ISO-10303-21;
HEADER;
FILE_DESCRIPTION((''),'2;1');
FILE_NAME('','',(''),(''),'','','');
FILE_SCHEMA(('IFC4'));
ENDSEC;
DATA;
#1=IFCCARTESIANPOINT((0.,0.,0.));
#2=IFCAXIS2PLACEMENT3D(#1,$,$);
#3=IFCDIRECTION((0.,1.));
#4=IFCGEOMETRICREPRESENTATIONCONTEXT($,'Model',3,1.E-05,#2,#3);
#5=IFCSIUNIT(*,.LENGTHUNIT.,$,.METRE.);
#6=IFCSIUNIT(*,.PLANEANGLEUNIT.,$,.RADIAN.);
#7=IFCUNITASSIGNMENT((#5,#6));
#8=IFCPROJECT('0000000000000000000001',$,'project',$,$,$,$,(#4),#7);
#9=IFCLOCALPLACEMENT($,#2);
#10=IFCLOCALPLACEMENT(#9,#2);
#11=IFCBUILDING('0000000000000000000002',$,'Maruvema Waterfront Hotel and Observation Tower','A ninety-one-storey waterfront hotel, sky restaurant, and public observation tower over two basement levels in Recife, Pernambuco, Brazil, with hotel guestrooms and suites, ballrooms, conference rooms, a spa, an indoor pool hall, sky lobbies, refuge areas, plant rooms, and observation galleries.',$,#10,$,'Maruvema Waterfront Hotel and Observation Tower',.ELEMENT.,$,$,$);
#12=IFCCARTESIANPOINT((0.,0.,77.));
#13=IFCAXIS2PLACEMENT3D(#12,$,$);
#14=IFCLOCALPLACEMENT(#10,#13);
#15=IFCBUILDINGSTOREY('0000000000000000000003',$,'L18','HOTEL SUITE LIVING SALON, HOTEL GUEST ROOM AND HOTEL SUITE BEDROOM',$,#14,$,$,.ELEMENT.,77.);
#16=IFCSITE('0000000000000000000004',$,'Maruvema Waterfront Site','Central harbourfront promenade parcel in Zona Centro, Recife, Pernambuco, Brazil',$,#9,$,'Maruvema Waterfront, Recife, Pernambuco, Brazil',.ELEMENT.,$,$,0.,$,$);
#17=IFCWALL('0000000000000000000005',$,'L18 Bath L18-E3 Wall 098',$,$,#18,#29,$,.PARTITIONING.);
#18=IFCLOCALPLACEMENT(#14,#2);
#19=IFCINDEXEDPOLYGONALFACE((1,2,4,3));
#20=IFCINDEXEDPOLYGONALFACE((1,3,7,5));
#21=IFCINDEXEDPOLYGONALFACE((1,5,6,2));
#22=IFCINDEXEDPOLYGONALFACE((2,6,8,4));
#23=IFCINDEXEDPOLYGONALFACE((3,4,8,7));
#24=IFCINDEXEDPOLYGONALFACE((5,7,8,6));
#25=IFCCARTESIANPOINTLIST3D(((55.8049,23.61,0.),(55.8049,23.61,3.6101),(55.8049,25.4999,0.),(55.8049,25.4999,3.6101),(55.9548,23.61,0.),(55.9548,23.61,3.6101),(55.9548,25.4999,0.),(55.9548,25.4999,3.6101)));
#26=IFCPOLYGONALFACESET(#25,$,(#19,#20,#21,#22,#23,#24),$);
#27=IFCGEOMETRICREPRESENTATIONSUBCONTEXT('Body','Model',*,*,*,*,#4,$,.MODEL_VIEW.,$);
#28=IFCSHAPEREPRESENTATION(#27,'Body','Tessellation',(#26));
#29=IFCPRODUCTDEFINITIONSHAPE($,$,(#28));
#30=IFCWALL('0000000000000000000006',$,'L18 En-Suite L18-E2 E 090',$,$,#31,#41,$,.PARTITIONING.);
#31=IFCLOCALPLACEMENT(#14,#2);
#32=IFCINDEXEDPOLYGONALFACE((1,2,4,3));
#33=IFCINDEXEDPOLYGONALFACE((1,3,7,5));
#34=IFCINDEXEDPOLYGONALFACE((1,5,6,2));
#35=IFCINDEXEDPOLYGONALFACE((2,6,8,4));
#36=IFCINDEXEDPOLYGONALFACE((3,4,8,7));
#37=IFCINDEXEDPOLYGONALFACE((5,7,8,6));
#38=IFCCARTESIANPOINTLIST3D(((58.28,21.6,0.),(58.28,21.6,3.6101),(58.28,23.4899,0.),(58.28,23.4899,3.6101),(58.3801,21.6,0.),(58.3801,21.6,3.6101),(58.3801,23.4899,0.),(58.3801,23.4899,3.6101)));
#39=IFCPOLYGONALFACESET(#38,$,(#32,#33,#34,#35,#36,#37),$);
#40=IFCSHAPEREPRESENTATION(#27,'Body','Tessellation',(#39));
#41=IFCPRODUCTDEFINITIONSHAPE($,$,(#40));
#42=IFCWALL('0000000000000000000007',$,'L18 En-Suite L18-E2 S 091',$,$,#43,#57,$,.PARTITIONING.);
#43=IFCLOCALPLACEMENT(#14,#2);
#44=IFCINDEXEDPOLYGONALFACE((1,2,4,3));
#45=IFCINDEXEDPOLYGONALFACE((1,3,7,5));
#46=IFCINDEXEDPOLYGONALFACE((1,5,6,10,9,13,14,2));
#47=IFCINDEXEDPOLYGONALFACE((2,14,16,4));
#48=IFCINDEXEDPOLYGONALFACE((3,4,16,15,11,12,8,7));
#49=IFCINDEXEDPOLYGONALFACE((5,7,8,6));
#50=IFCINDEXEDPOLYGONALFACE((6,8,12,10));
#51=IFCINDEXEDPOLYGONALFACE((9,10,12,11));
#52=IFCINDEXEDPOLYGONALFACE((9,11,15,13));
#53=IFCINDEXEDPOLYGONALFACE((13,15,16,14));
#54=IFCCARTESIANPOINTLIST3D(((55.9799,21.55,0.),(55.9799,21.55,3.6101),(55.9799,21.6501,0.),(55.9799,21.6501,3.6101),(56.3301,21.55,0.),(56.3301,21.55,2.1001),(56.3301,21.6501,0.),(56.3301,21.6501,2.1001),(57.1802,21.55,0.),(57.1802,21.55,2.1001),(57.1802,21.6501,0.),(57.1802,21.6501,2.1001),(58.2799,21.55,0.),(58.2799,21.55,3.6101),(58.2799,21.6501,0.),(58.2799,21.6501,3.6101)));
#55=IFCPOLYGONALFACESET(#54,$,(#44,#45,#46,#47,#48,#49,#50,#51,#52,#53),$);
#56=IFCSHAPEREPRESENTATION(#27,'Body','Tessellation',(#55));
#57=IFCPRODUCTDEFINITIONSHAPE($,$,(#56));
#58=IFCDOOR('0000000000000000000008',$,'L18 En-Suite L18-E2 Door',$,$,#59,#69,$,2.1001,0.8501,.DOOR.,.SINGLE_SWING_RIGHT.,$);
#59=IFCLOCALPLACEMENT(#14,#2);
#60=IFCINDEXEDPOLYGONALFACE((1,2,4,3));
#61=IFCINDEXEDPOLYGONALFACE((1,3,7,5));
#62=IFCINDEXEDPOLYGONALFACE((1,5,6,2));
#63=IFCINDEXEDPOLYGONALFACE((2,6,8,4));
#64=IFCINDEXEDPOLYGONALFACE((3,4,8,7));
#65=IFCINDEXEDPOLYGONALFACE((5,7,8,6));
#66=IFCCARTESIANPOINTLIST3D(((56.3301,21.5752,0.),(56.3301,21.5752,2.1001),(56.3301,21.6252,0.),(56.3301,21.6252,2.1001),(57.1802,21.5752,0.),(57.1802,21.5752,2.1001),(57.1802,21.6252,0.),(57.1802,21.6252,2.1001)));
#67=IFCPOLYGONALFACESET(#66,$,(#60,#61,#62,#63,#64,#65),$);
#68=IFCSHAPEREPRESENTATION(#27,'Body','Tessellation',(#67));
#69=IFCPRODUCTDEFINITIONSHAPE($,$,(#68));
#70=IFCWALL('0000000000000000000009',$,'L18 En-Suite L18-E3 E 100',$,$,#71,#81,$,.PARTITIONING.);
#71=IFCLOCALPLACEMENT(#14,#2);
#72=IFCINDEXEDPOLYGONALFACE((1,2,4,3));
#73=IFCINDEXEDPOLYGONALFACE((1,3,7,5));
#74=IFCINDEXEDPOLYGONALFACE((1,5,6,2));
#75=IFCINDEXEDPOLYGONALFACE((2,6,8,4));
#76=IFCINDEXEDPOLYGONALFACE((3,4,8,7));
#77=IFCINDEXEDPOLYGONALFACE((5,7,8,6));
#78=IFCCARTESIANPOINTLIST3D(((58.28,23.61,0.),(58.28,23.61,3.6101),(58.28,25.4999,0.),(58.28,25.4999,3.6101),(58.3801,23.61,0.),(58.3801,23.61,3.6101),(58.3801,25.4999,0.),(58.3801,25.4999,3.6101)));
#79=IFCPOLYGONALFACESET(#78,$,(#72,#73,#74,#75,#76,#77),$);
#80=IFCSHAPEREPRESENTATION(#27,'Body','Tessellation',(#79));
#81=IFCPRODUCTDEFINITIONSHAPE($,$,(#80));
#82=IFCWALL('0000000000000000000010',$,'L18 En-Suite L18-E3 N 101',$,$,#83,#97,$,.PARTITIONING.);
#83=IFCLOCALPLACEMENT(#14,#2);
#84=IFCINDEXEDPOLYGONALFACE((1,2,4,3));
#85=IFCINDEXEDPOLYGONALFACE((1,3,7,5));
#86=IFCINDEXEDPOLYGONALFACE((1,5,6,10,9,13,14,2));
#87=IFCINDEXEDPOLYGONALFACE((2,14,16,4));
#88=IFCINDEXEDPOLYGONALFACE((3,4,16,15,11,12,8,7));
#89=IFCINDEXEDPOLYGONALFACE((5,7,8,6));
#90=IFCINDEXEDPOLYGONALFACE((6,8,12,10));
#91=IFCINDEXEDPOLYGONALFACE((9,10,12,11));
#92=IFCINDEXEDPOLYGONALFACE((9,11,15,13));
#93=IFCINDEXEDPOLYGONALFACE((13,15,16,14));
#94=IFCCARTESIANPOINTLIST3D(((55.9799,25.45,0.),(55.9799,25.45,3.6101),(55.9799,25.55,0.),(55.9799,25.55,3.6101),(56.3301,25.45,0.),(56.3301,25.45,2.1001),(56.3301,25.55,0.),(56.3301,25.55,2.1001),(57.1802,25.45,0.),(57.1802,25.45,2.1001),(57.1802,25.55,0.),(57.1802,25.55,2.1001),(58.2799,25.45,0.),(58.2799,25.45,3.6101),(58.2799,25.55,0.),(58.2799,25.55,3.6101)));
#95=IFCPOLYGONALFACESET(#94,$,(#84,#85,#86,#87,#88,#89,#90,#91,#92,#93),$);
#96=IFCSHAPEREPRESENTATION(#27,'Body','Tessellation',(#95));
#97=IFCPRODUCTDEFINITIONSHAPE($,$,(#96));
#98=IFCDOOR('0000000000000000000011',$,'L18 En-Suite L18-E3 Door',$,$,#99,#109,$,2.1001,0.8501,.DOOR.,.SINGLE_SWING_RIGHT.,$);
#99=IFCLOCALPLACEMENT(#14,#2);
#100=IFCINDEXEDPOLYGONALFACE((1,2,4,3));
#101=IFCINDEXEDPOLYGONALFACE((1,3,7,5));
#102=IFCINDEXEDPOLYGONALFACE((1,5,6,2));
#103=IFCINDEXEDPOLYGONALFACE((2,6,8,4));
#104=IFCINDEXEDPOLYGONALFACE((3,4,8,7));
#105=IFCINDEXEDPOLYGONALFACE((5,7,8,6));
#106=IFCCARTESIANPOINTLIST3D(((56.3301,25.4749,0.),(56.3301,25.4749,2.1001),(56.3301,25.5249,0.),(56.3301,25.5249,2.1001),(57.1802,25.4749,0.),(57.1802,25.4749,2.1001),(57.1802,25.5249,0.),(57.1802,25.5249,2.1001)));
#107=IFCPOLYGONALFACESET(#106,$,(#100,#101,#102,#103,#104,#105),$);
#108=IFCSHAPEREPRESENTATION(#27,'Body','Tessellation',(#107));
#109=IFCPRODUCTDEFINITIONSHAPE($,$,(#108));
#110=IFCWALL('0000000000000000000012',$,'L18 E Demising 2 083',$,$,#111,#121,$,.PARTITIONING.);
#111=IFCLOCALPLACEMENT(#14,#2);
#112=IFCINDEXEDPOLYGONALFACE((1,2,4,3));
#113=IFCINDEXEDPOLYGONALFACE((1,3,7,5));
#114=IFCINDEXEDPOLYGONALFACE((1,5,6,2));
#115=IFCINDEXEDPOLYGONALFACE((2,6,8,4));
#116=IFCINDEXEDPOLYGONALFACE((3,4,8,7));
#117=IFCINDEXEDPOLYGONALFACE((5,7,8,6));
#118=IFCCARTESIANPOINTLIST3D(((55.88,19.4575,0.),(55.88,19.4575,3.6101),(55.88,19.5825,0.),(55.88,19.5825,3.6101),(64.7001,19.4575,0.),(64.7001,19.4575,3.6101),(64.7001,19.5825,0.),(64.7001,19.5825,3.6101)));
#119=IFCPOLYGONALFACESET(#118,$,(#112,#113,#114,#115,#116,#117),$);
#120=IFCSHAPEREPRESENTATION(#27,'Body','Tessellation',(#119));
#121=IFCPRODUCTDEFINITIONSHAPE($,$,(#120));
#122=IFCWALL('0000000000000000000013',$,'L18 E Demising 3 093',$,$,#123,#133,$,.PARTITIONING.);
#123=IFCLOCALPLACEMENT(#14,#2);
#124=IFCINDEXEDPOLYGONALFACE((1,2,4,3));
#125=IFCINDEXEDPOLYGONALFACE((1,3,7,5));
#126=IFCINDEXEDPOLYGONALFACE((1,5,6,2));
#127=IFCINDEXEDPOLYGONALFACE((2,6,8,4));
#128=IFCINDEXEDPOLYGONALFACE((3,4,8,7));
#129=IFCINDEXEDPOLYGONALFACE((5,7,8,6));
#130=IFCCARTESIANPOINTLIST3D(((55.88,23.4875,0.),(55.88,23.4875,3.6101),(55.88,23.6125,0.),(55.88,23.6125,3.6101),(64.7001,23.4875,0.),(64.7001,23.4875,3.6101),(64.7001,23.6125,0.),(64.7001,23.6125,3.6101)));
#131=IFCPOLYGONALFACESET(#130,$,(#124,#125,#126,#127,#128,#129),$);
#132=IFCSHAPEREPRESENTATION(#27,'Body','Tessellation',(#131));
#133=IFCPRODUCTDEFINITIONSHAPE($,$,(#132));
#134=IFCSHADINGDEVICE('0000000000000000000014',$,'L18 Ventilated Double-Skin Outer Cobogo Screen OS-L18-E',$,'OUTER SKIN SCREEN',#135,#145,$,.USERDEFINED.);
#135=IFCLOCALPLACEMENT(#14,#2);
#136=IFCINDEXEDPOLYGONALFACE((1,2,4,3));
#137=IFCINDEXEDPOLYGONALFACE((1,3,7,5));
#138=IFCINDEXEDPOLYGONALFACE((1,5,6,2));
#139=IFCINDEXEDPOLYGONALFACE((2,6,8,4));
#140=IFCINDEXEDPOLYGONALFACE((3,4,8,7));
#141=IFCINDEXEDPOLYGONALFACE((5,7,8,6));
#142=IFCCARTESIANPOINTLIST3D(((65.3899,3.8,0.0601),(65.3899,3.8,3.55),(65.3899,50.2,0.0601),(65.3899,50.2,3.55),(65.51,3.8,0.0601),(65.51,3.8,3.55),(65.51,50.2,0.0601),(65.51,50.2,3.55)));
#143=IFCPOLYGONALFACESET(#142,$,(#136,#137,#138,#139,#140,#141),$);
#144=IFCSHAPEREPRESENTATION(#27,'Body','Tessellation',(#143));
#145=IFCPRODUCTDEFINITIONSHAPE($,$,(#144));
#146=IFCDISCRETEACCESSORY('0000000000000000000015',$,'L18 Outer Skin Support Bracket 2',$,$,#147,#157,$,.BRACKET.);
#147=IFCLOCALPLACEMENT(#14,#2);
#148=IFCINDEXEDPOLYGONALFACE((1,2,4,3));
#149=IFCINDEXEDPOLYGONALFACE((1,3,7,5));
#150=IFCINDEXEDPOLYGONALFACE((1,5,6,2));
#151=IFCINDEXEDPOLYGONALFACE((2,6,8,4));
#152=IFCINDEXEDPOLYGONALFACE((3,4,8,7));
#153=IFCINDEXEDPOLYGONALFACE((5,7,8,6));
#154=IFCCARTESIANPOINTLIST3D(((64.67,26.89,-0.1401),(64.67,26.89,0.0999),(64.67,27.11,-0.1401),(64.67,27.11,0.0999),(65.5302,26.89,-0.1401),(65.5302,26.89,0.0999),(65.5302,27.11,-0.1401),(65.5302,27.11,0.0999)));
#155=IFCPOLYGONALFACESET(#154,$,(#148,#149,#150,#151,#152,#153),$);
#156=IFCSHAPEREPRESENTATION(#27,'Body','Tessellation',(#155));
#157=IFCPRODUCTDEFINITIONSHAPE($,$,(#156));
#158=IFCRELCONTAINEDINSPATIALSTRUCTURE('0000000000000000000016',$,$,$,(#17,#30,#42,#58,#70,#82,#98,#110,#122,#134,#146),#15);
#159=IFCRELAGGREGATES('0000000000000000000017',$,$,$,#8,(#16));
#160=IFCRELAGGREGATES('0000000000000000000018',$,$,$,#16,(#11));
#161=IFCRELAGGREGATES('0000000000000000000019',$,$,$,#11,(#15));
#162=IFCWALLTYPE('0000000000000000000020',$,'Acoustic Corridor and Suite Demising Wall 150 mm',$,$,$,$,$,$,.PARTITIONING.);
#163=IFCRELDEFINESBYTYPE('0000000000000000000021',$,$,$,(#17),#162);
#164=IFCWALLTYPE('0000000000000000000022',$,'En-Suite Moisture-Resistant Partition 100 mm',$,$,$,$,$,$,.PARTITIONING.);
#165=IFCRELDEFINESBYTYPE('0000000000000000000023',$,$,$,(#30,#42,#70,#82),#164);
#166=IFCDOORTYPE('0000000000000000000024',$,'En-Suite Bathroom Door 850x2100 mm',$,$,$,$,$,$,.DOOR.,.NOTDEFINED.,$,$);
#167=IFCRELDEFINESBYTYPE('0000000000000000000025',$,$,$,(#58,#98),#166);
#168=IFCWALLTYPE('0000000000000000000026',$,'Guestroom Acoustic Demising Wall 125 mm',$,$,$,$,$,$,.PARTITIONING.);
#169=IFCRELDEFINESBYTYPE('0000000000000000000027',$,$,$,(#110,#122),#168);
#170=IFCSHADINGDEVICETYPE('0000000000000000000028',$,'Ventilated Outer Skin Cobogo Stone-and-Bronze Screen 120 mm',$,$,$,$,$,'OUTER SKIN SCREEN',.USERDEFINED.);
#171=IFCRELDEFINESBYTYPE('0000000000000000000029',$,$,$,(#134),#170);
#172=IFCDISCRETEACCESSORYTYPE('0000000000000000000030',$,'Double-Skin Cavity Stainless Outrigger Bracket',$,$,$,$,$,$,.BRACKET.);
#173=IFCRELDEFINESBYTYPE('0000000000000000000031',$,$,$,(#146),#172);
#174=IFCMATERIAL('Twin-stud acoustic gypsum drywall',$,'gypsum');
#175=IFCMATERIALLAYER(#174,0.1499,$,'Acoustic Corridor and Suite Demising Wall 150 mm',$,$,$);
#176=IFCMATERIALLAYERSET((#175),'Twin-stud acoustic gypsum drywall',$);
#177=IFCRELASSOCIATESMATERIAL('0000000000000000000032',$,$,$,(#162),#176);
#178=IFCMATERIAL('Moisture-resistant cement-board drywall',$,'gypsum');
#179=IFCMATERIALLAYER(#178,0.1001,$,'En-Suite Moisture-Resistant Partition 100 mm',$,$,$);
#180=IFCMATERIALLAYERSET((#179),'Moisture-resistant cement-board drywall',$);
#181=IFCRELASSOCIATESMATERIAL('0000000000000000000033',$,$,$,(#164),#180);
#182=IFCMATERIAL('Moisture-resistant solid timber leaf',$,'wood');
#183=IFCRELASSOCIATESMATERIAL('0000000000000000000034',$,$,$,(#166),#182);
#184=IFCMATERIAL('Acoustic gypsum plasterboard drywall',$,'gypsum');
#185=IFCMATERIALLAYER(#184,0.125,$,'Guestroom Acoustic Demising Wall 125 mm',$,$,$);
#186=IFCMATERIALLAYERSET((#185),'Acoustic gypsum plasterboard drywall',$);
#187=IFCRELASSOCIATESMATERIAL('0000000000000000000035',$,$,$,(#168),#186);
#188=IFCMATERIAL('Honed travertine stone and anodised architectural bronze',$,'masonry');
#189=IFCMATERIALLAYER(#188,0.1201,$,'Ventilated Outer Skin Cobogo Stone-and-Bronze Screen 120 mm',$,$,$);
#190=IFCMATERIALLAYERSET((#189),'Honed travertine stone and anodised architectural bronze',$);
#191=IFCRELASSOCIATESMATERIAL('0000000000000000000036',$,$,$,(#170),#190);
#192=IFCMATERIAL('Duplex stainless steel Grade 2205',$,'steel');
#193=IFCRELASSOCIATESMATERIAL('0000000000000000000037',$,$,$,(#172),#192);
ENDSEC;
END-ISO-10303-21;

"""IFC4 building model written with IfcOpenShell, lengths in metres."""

from ifc_helpers import new_model, si_unit, direction, frame, frame_2d, origin, origin_2d, place, context, subcontext, project, spatial, rectangle, extrude, material, layer, layer_set, type_object, element, fill, save


model = new_model("IFC4")

# Units and contexts
model_context = context("Model", 3, precision=1e-05, world=origin(), true_north=direction((0.0, 1.0)))
body_context = subcontext(model_context, "Body", "Model", "MODEL_VIEW")
ifc_project = project(units=[si_unit("LENGTHUNIT", "METRE"), si_unit("PLANEANGLEUNIT", "RADIAN")], contexts=[model_context])

# Site, building, storey
site_placement = place(None, origin())
site = spatial("IfcSite", under=ifc_project, at=site_placement, Name="Maruvema Waterfront Site", Description="Central harbourfront promenade parcel in Zona Centro, Recife, Pernambuco, Brazil", LongName="Maruvema Waterfront, Recife, Pernambuco, Brazil", CompositionType="ELEMENT", RefElevation=0.0)
building_placement = place(site_placement, origin())
building = spatial("IfcBuilding", under=site, at=building_placement, Name="Maruvema Waterfront Hotel and Observation Tower", Description="A ninety-one-storey waterfront hotel, sky restaurant, and public observation tower over two basement levels in Recife, Pernambuco, Brazil, with hotel guestrooms and suites, ballrooms, conference rooms, a spa, an indoor pool hall, sky lobbies, refuge areas, plant rooms, and observation galleries.", LongName="Maruvema Waterfront Hotel and Observation Tower", CompositionType="ELEMENT")
storey_placement = place(building_placement, frame((0.0, 0.0, 77.0)))
storey = spatial("IfcBuildingStorey", under=building, at=storey_placement, Name="L18", Description="HOTEL SUITE LIVING SALON, HOTEL GUEST ROOM AND HOTEL SUITE BEDROOM", CompositionType="ELEMENT", Elevation=77.0)

# Shared definitions
ifc_material_1 = material(Name="Twin-stud acoustic gypsum drywall", Category="gypsum")
ifc_layer_1 = layer(ifc_material_1, 0.1499, Name="Acoustic Corridor and Suite Demising Wall 150 mm")
ifc_layer_set_1 = layer_set([ifc_layer_1], Name="Twin-stud acoustic gypsum drywall")
wall_type_1 = type_object("IfcWallType", Name="Acoustic Corridor and Suite Demising Wall 150 mm", PredefinedType="PARTITIONING", material=ifc_layer_set_1)

# Wall
for number, where, z_axis, x_axis, name in (
    (1, (55.8799, 23.6101, 0.0), (0.0, 0.0, 1.0), (0.0, 1.0, 0.0), "L18 Bath L18-E3 Wall 098"),
):
    element("IfcWall", number, at=place(storey_placement, frame(where, z_axis=z_axis, x_axis=x_axis)), inside=storey, type_object=wall_type_1, Name=name, PredefinedType="PARTITIONING", context=body_context, shape_type="SweptSolid", body=[
        extrude(rectangle(XDim=1.8899, YDim=0.1499, at=frame_2d((0.9448, 0.0))), origin(), (0.0, 0.0, 1.0), 3.6101),
    ])

# Wall
ifc_material_2 = material(Name="Moisture-resistant cement-board drywall", Category="gypsum")
ifc_layer_2 = layer(ifc_material_2, 0.1001, Name="En-Suite Moisture-Resistant Partition 100 mm")
ifc_layer_set_2 = layer_set([ifc_layer_2], Name="Moisture-resistant cement-board drywall")
wall_type_2 = type_object("IfcWallType", Name="En-Suite Moisture-Resistant Partition 100 mm", PredefinedType="PARTITIONING", material=ifc_layer_set_2)
wall_1_placement = place(storey_placement, frame((58.3301, 21.6001, 0.0), z_axis=(0.0, 0.0, 1.0), x_axis=(0.0, 1.0, 0.0)))
element("IfcWall", 2, at=wall_1_placement, inside=storey, type_object=wall_type_2, Name="L18 En-Suite L18-E2 E 090", PredefinedType="PARTITIONING", context=body_context, shape_type="SweptSolid", body=[
    extrude(rectangle(XDim=1.8899, YDim=0.1001, at=frame_2d((0.9448, 0.0))), origin(), (0.0, 0.0, 1.0), 3.6101),
])

# Wall, opening, door
wall_2_placement = place(storey_placement, frame((55.98, 21.6001, 0.0), z_axis=(0.0, 0.0, 1.0), x_axis=(1.0, 0.0, 0.0)))
wall_2 = element("IfcWall", 3, at=wall_2_placement, inside=storey, type_object=wall_type_2, Name="L18 En-Suite L18-E2 S 091", PredefinedType="PARTITIONING", context=body_context, shape_type="SweptSolid", body=[
    extrude(rectangle(XDim=2.3, YDim=0.1001, at=frame_2d((1.1499, 0.0))), origin(), (0.0, 0.0, 1.0), 3.6101),
])
opening_1_placement = place(wall_2_placement, frame((0.3501, 0.0, 0.0)))
opening_1 = element("IfcOpeningElement", 4, at=opening_1_placement, cuts=wall_2, PredefinedType="OPENING", context=body_context, shape_type="SweptSolid", body=[
    extrude(rectangle(XDim=0.8501, YDim=2.1001, at=frame_2d((0.425, 1.05))), frame((0.0, 0.0601, 0.0), z_axis=(0.0, -1.0, 0.0), x_axis=(1.0, 0.0, 0.0)), (0.0, 0.0, 1.0), 0.1201),
])
ifc_material_3 = material(Name="Moisture-resistant solid timber leaf", Category="wood")
door_type_1 = type_object("IfcDoorType", Name="En-Suite Bathroom Door 850x2100 mm", OperationType="NOTDEFINED", PredefinedType="DOOR", material=ifc_material_3)
door_1_placement = place(opening_1_placement, frame((0.8501, 0.0, 0.0), z_axis=(0.0, 0.0, 1.0), x_axis=(-1.0, 0.0, 0.0)))
door_1 = element("IfcDoor", 5, at=door_1_placement, inside=storey, type_object=door_type_1, Name="L18 En-Suite L18-E2 Door", OperationType="SINGLE_SWING_RIGHT", OverallHeight=2.1001, OverallWidth=0.8501, PredefinedType="DOOR", context=body_context, shape_type="SweptSolid", body=[
    extrude(rectangle(XDim=0.8501, YDim=2.1001, at=frame_2d((0.425, 1.05))), frame((0.0, 0.0249, 0.0), z_axis=(0.0, -1.0, 0.0), x_axis=(1.0, 0.0, 0.0)), (0.0, 0.0, 1.0), 0.05),
])
fill(opening_1, door_1)

# Wall
wall_3_placement = place(storey_placement, frame((58.3301, 23.6101, 0.0), z_axis=(0.0, 0.0, 1.0), x_axis=(0.0, 1.0, 0.0)))
element("IfcWall", 6, at=wall_3_placement, inside=storey, type_object=wall_type_2, Name="L18 En-Suite L18-E3 E 100", PredefinedType="PARTITIONING", context=body_context, shape_type="SweptSolid", body=[
    extrude(rectangle(XDim=1.8899, YDim=0.1001, at=frame_2d((0.9448, 0.0))), origin(), (0.0, 0.0, 1.0), 3.6101),
])

# Wall, opening, door
wall_4_placement = place(storey_placement, frame((55.98, 25.5, 0.0), z_axis=(0.0, 0.0, 1.0), x_axis=(1.0, 0.0, 0.0)))
wall_4 = element("IfcWall", 7, at=wall_4_placement, inside=storey, type_object=wall_type_2, Name="L18 En-Suite L18-E3 N 101", PredefinedType="PARTITIONING", context=body_context, shape_type="SweptSolid", body=[
    extrude(rectangle(XDim=2.3, YDim=0.1001, at=frame_2d((1.1499, 0.0))), origin(), (0.0, 0.0, 1.0), 3.6101),
])
opening_2_placement = place(wall_4_placement, frame((0.3501, 0.0, 0.0)))
opening_2 = element("IfcOpeningElement", 8, at=opening_2_placement, cuts=wall_4, PredefinedType="OPENING", context=body_context, shape_type="SweptSolid", body=[
    extrude(rectangle(XDim=0.8501, YDim=2.1001, at=frame_2d((0.425, 1.05))), frame((0.0, 0.0601, 0.0), z_axis=(0.0, -1.0, 0.0), x_axis=(1.0, 0.0, 0.0)), (0.0, 0.0, 1.0), 0.1201),
])
door_2_placement = place(opening_2_placement, origin())
door_2 = element("IfcDoor", 9, at=door_2_placement, inside=storey, type_object=door_type_1, Name="L18 En-Suite L18-E3 Door", OperationType="SINGLE_SWING_RIGHT", OverallHeight=2.1001, OverallWidth=0.8501, PredefinedType="DOOR", context=body_context, shape_type="SweptSolid", body=[
    extrude(rectangle(XDim=0.8501, YDim=2.1001, at=frame_2d((0.425, 1.05))), frame((0.0, 0.0249, 0.0), z_axis=(0.0, -1.0, 0.0), x_axis=(1.0, 0.0, 0.0)), (0.0, 0.0, 1.0), 0.05),
])
fill(opening_2, door_2)

# Walls
ifc_material_4 = material(Name="Acoustic gypsum plasterboard drywall", Category="gypsum")
ifc_layer_3 = layer(ifc_material_4, 0.125, Name="Guestroom Acoustic Demising Wall 125 mm")
ifc_layer_set_3 = layer_set([ifc_layer_3], Name="Acoustic gypsum plasterboard drywall")
wall_type_3 = type_object("IfcWallType", Name="Guestroom Acoustic Demising Wall 125 mm", PredefinedType="PARTITIONING", material=ifc_layer_set_3)
for number, where, z_axis, x_axis, name in (
    (10, (55.8799, 19.52, 0.0), (0.0, 0.0, 1.0), (1.0, 0.0, 0.0), "L18 E Demising 2 083"),
    (11, (55.8799, 23.55, 0.0), (0.0, 0.0, 1.0), (1.0, 0.0, 0.0), "L18 E Demising 3 093"),
):
    element("IfcWall", number, at=place(storey_placement, frame(where, z_axis=z_axis, x_axis=x_axis)), inside=storey, type_object=wall_type_3, Name=name, PredefinedType="PARTITIONING", context=body_context, shape_type="SweptSolid", body=[
        extrude(rectangle(XDim=8.8201, YDim=0.125, at=frame_2d((4.4102, 0.0))), origin(), (0.0, 0.0, 1.0), 3.6101),
    ])

# Shading device
ifc_material_5 = material(Name="Honed travertine stone and anodised architectural bronze", Category="masonry")
ifc_layer_4 = layer(ifc_material_5, 0.1201, Name="Ventilated Outer Skin Cobogo Stone-and-Bronze Screen 120 mm")
ifc_layer_set_4 = layer_set([ifc_layer_4], Name="Honed travertine stone and anodised architectural bronze")
shading_device_type = type_object("IfcShadingDeviceType", Name="Ventilated Outer Skin Cobogo Stone-and-Bronze Screen 120 mm", ElementType="OUTER SKIN SCREEN", PredefinedType="USERDEFINED", material=ifc_layer_set_4)
shading_device_placement = place(storey_placement, frame((65.45, 27.0, 0.0601), z_axis=(0.0, 0.0, 1.0), x_axis=(0.0, 1.0, 0.0)))
element("IfcShadingDevice", 12, at=shading_device_placement, inside=storey, type_object=shading_device_type, Name="L18 Ventilated Double-Skin Outer Cobogo Screen OS-L18-E", ObjectType="OUTER SKIN SCREEN", PredefinedType="USERDEFINED", context=body_context, shape_type="SweptSolid", body=[
    extrude(rectangle(XDim=46.3999, YDim=0.1201, at=origin_2d()), origin(), (0.0, 0.0, 1.0), 3.49),
])

# Discrete accessory
ifc_material_6 = material(Name="Duplex stainless steel Grade 2205", Category="steel")
discrete_accessory_type = type_object("IfcDiscreteAccessoryType", Name="Double-Skin Cavity Stainless Outrigger Bracket", PredefinedType="BRACKET", material=ifc_material_6)
discrete_accessory_placement = place(storey_placement, frame((65.1001, 27.0, -0.1401), z_axis=(0.0, 0.0, 1.0), x_axis=(0.0, 1.0, 0.0)))
element("IfcDiscreteAccessory", 13, at=discrete_accessory_placement, inside=storey, type_object=discrete_accessory_type, Name="L18 Outer Skin Support Bracket 2", PredefinedType="BRACKET", context=body_context, shape_type="SweptSolid", body=[
    extrude(rectangle(XDim=0.22, YDim=0.8601, at=origin_2d()), origin(), (0.0, 0.0, 1.0), 0.24),
])

save(model, "model.ifc")
